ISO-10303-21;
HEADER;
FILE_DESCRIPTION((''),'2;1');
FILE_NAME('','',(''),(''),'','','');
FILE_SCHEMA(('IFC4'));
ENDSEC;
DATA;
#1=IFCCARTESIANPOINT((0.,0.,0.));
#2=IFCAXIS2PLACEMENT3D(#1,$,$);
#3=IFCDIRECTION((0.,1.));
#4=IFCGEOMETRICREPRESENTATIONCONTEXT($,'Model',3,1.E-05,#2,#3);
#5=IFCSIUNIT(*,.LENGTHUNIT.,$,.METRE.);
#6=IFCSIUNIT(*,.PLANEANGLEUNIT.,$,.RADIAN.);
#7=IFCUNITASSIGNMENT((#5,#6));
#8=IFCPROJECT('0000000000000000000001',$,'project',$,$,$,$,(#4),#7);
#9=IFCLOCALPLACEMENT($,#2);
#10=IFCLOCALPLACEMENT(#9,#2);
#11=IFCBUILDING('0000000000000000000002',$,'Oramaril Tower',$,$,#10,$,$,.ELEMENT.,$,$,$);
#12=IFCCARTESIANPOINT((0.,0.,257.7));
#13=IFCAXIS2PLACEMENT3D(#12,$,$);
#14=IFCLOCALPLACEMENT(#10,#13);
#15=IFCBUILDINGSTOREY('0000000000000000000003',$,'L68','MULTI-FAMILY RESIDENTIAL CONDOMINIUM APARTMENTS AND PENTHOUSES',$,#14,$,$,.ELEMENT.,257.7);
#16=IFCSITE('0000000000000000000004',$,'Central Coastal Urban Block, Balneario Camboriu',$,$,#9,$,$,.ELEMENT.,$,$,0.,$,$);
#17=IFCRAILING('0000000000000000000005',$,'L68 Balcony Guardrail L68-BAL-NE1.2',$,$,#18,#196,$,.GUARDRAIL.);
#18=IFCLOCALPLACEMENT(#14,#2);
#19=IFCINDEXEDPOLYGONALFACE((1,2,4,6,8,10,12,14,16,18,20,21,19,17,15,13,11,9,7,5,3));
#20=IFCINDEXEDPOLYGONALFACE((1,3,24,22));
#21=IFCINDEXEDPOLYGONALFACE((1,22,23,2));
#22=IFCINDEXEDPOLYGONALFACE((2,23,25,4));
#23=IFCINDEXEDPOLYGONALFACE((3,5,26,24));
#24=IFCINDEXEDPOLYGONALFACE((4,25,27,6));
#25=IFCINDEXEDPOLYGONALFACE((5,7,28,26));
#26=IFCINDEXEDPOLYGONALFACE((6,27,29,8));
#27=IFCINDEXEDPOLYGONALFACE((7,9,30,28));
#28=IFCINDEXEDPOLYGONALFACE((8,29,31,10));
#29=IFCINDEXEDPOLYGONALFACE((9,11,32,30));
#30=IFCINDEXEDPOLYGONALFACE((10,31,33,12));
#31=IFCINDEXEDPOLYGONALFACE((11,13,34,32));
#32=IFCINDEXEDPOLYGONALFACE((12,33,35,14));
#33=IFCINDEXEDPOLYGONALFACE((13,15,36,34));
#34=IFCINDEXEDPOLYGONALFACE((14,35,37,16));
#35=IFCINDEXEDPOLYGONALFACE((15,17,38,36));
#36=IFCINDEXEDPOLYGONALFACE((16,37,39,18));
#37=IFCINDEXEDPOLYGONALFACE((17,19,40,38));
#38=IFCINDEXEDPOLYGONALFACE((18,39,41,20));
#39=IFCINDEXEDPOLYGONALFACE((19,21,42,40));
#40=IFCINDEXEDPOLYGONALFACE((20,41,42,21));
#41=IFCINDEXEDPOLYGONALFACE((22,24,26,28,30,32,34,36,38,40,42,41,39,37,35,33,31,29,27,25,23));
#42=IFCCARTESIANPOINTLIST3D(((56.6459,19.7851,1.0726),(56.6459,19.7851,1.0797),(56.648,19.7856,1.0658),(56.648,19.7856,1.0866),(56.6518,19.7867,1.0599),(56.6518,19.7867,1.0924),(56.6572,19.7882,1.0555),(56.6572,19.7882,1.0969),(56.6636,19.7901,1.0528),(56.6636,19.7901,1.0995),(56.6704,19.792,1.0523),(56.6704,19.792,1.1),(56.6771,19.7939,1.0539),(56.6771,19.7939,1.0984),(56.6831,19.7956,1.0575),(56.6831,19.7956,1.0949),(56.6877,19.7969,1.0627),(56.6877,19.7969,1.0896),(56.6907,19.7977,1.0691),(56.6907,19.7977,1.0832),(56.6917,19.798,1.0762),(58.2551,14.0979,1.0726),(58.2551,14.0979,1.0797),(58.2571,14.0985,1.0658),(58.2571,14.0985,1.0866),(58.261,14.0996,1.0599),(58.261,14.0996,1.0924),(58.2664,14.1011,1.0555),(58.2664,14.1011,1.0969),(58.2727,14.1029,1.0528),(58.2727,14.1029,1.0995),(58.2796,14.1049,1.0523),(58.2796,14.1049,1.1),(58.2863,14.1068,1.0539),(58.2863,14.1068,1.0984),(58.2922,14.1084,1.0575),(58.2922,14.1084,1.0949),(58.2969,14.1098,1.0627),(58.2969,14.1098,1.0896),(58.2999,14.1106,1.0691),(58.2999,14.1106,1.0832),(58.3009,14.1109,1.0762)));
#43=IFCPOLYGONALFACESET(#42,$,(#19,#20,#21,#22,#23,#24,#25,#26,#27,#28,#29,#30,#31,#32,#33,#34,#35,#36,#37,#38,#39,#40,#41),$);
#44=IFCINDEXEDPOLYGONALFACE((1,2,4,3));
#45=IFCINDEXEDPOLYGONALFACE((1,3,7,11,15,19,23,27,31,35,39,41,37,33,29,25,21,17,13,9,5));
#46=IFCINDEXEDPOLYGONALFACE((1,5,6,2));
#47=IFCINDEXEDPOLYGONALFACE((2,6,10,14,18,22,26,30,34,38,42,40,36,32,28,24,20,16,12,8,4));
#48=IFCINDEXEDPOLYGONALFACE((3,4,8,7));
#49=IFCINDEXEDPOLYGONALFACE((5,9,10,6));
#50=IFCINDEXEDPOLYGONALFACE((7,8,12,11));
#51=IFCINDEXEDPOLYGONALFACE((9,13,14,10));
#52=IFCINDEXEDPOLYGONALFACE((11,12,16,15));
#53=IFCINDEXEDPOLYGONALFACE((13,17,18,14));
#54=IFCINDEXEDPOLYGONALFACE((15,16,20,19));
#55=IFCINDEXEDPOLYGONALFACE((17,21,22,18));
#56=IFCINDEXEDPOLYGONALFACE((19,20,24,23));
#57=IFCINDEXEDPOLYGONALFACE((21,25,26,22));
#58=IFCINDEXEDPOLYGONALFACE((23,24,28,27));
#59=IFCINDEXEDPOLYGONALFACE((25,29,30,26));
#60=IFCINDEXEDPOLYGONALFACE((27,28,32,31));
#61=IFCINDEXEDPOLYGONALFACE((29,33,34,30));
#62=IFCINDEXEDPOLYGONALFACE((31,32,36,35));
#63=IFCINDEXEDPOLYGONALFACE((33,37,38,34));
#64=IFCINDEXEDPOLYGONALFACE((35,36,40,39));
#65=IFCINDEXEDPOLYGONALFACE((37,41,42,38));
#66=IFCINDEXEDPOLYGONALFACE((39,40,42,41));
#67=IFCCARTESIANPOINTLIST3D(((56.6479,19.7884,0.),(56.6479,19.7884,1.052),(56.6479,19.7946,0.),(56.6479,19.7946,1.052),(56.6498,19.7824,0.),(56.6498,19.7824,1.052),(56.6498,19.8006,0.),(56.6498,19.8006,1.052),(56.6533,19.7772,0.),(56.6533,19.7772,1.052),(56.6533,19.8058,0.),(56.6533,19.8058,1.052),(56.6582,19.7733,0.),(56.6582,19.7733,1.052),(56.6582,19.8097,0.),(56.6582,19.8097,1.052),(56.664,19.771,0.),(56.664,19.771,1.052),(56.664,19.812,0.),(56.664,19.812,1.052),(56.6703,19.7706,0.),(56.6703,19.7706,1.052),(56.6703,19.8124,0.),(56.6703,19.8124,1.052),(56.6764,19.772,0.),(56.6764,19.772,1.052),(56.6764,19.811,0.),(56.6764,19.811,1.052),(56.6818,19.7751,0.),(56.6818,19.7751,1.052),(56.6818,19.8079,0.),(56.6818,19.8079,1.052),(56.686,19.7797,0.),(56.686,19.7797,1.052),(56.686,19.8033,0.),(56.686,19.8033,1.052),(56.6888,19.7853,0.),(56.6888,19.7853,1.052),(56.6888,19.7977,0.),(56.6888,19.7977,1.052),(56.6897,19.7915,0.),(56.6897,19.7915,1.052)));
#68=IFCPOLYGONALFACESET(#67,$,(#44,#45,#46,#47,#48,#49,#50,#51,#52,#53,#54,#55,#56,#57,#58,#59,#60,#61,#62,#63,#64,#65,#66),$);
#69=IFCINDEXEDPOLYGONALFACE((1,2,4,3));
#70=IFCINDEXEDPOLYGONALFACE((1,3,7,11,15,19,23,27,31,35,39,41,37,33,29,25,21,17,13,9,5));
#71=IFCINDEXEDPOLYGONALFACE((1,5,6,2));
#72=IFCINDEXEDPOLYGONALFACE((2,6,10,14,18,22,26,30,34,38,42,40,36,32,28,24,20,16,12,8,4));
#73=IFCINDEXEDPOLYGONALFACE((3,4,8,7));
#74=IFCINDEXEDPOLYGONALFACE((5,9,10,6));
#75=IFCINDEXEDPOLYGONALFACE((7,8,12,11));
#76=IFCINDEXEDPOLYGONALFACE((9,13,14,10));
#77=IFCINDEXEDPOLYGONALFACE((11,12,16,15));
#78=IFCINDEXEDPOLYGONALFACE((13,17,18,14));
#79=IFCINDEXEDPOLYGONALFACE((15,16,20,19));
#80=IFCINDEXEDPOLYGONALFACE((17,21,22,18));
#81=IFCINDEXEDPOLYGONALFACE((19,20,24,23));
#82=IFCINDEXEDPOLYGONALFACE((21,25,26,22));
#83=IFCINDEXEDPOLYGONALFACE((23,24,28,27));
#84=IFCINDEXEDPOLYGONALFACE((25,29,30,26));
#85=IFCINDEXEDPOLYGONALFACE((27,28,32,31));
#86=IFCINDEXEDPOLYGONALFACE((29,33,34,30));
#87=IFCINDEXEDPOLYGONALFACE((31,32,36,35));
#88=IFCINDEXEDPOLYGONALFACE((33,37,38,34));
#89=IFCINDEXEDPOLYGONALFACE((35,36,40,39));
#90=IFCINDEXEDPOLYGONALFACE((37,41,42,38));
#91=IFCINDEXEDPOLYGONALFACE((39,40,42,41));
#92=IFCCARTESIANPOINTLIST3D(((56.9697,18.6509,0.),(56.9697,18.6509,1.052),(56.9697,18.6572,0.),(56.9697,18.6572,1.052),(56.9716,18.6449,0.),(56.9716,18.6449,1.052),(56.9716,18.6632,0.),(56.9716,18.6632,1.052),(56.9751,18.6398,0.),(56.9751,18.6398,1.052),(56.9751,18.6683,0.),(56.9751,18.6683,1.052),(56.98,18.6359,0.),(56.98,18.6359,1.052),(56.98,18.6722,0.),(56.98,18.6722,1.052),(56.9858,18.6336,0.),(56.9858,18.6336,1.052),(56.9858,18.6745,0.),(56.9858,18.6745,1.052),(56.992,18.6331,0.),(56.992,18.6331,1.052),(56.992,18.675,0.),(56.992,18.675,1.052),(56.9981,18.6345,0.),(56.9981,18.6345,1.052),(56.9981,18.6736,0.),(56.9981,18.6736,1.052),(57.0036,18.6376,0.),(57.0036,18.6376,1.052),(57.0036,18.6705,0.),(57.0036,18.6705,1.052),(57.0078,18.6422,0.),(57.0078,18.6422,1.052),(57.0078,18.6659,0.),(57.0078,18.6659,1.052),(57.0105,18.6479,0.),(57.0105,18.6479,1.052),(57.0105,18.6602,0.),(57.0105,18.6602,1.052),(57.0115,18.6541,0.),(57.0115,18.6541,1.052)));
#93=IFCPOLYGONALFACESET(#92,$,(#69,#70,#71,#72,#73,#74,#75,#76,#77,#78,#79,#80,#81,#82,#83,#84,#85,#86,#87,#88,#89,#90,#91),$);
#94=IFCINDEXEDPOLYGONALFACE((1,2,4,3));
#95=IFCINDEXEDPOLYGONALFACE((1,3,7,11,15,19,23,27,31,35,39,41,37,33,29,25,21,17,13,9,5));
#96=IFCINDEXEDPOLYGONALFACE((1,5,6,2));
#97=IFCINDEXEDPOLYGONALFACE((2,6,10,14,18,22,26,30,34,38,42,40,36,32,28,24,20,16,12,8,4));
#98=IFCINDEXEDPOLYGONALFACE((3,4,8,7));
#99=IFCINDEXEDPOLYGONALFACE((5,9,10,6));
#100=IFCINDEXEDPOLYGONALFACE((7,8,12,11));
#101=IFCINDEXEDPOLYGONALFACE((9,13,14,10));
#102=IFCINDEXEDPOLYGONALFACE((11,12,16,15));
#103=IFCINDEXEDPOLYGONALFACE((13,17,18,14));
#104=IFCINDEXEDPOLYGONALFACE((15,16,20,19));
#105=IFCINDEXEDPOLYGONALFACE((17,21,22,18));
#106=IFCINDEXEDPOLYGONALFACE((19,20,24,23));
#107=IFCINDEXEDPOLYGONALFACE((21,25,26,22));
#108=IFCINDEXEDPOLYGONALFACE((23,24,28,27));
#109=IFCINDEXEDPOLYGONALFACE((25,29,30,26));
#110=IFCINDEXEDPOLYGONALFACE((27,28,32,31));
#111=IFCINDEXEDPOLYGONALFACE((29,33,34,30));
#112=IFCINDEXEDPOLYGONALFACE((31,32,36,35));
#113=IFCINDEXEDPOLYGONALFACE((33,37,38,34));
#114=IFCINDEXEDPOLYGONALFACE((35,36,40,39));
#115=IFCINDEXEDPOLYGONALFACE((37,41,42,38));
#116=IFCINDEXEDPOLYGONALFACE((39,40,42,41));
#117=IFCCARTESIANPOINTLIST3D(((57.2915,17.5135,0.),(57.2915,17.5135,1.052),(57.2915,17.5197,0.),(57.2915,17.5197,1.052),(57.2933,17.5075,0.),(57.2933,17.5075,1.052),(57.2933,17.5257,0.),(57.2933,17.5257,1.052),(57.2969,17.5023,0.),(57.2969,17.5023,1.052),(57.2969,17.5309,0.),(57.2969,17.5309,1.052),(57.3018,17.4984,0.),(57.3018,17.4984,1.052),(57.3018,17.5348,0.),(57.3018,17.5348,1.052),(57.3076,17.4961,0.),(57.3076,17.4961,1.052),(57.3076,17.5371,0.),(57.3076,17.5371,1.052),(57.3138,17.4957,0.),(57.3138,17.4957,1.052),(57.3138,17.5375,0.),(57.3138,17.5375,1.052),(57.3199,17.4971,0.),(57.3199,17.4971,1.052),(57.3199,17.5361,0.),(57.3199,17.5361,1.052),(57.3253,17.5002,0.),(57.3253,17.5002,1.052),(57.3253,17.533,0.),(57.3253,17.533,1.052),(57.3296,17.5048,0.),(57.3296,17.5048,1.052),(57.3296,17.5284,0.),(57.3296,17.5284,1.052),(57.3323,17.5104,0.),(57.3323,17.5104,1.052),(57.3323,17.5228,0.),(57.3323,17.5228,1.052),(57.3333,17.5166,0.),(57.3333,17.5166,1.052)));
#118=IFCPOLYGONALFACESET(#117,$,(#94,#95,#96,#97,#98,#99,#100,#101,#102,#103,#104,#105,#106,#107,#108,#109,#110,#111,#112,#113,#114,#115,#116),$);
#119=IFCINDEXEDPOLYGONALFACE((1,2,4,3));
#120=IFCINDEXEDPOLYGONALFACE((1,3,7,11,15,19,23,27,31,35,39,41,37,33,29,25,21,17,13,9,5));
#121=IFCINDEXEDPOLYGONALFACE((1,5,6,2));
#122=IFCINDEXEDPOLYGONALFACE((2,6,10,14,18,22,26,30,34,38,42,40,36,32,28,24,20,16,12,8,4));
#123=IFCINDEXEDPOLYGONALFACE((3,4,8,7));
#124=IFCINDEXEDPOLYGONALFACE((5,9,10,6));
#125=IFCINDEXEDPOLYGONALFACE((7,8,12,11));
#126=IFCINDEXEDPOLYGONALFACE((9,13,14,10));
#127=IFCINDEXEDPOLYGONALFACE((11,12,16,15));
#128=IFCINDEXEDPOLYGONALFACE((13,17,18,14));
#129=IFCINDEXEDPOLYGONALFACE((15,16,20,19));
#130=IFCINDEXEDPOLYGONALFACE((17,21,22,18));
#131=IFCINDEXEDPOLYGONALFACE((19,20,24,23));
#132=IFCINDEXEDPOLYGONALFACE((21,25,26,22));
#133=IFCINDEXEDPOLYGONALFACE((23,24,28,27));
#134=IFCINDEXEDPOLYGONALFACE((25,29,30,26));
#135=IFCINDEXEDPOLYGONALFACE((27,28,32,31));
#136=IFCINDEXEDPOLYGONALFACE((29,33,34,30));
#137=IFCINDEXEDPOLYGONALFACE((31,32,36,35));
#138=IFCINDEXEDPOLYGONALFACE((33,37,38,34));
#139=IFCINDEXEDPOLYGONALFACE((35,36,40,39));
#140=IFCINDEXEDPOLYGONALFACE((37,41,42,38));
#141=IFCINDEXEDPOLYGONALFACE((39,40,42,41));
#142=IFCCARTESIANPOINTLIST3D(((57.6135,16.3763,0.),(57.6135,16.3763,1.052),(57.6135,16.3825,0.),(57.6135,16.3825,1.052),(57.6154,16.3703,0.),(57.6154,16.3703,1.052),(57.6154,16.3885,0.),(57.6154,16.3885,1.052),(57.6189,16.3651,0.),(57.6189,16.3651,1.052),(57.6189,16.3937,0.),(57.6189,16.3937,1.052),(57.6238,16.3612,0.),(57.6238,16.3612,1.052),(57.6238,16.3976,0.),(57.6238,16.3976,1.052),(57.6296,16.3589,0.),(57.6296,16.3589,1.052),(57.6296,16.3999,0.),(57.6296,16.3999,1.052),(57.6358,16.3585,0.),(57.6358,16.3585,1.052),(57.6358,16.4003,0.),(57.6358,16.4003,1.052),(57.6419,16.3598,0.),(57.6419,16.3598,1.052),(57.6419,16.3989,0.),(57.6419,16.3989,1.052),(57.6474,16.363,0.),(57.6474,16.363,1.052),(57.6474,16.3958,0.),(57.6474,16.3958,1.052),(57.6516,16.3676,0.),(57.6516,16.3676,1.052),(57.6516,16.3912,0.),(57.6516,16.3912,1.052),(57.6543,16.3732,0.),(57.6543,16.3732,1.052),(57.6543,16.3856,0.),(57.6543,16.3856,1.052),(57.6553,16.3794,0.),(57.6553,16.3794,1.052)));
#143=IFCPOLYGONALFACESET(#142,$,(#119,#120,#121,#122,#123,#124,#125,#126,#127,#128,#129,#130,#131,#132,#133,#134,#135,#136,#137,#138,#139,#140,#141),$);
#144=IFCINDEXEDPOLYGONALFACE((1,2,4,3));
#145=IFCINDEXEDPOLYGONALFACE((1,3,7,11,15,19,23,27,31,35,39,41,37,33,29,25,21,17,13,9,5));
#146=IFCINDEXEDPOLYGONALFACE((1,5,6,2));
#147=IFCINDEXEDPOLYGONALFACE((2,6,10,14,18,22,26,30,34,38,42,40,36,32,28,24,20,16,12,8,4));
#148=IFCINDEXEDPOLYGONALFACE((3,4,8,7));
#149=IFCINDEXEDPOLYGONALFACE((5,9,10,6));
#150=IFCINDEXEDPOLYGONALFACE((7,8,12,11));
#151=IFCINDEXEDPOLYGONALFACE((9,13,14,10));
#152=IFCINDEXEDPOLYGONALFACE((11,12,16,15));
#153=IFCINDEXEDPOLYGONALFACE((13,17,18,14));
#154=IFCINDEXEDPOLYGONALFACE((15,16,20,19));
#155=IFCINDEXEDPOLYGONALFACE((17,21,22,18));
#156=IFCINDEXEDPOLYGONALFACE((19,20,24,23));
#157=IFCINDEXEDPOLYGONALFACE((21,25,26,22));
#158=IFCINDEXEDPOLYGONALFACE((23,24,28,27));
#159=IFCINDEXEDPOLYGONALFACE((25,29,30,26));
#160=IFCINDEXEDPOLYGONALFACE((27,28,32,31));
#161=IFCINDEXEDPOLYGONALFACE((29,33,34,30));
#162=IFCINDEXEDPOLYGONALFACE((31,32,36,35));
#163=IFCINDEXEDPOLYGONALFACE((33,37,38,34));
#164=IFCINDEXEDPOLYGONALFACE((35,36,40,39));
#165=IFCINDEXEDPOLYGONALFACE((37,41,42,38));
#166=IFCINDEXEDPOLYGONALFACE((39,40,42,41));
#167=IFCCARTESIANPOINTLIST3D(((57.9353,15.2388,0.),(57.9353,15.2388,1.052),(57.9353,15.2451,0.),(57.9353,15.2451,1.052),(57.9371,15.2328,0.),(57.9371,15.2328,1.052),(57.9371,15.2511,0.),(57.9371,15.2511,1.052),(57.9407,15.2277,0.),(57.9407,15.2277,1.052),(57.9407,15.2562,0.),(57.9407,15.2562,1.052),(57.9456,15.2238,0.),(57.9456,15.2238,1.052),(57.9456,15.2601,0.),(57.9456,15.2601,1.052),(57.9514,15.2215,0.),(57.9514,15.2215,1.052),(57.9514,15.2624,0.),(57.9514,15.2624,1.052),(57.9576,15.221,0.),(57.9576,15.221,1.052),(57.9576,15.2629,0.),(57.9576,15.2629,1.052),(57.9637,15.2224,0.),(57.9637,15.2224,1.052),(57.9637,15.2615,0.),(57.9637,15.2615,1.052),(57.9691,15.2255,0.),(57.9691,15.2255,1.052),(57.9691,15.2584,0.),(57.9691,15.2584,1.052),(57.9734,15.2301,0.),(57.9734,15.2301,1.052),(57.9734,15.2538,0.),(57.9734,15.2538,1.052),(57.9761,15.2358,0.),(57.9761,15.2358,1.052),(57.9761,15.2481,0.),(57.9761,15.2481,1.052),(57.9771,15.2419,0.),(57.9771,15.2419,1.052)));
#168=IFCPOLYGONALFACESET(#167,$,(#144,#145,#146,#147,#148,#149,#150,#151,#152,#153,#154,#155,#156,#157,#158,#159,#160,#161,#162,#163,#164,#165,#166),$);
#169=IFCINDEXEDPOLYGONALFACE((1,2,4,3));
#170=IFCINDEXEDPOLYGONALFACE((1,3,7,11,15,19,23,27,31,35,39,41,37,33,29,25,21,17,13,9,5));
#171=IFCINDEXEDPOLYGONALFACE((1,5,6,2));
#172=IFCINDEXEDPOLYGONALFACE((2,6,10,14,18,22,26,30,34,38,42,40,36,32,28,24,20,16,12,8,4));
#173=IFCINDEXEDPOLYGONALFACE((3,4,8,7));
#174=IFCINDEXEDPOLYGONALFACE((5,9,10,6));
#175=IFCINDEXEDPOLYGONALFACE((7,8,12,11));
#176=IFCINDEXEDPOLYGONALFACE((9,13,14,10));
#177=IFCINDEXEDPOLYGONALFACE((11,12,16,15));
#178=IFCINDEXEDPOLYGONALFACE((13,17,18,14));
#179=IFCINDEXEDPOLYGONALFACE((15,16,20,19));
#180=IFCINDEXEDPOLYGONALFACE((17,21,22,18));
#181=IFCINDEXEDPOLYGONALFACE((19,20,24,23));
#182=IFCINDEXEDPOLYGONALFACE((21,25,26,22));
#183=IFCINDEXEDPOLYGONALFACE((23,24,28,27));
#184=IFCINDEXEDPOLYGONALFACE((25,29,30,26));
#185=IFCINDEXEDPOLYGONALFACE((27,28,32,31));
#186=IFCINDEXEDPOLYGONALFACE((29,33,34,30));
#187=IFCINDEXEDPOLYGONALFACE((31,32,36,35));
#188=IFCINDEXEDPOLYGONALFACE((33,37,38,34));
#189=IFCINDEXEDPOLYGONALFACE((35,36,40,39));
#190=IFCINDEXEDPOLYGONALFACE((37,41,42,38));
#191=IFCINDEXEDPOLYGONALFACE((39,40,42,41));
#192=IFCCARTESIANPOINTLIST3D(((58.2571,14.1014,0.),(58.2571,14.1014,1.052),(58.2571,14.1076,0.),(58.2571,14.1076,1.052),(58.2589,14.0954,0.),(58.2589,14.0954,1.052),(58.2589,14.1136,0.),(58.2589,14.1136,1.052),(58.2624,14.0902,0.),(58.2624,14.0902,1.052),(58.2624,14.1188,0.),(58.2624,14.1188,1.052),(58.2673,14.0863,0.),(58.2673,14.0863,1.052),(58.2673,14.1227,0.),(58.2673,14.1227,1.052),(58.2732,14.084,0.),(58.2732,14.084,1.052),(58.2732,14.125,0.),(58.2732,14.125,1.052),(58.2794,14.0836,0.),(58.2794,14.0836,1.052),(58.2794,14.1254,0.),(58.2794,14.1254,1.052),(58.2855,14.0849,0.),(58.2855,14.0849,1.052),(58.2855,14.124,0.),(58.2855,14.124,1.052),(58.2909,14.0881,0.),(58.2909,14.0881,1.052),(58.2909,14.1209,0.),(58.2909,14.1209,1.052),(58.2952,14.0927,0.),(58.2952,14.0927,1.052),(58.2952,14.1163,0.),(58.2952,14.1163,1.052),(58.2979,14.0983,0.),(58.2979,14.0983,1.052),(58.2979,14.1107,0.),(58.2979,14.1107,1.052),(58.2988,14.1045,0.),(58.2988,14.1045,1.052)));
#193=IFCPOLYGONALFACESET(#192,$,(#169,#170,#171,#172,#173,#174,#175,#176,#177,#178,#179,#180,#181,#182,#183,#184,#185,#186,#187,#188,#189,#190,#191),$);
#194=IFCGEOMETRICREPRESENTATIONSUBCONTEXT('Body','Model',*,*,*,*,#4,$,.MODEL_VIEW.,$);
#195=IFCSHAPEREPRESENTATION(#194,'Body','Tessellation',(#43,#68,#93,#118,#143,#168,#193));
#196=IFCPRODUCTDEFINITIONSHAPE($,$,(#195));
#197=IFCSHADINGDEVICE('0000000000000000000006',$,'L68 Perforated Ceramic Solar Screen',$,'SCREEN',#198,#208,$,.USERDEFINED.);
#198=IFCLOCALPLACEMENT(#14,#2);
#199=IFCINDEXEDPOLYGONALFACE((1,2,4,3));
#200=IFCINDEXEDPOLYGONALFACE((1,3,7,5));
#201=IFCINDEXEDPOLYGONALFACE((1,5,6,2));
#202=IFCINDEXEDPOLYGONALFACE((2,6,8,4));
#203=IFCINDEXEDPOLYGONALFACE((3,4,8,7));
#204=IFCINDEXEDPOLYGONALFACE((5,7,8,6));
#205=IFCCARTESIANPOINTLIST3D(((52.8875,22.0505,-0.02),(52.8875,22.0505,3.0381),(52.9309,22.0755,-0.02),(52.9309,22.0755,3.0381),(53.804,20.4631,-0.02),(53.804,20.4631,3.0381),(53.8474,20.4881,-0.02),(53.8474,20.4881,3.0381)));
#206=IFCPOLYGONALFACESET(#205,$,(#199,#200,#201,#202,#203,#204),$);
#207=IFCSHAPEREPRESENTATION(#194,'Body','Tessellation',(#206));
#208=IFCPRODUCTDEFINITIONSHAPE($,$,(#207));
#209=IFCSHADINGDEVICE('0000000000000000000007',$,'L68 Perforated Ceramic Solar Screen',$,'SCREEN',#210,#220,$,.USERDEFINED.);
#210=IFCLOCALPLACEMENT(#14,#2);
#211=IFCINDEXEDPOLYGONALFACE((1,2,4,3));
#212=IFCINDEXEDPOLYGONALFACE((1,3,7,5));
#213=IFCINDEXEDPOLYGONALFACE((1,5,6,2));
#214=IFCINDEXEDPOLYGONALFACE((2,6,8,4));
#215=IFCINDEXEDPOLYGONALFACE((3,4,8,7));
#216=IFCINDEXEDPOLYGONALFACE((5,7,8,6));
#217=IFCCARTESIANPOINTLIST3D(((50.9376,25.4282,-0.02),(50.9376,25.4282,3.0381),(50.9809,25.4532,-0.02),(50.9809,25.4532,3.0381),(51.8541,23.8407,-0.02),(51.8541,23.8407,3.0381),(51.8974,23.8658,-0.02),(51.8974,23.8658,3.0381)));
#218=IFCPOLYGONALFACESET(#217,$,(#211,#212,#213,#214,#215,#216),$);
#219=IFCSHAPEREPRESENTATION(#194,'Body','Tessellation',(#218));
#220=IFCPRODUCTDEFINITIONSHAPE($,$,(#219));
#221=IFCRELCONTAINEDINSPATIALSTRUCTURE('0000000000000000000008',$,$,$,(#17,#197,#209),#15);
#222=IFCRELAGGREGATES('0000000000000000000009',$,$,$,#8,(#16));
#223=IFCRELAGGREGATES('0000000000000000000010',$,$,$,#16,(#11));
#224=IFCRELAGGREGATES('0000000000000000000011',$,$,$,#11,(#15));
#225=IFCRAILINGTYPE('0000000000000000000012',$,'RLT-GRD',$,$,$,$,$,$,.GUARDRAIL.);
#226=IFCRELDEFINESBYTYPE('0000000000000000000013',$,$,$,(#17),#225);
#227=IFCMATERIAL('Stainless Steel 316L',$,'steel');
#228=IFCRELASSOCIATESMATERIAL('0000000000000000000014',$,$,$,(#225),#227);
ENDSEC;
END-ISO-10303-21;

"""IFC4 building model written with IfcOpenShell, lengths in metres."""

from ifc_helpers import new_model, si_unit, direction, frame, origin, origin_2d, place, context, subcontext, project, spatial, rectangle, circle, extrude, material, type_object, element, save


model = new_model("IFC4")

# Units and contexts
model_context = context("Model", 3, precision=1e-05, world=origin(), true_north=direction((0.0, 1.0)))
body_context = subcontext(model_context, "Body", "Model", "MODEL_VIEW")
ifc_project = project(units=[si_unit("LENGTHUNIT", "METRE"), si_unit("PLANEANGLEUNIT", "RADIAN")], contexts=[model_context])

# Site, building, storey
site_placement = place(None, origin())
site = spatial("IfcSite", under=ifc_project, at=site_placement, Name="Central Coastal Urban Block, Balneario Camboriu", CompositionType="ELEMENT", RefElevation=0.0)
building_placement = place(site_placement, origin())
building = spatial("IfcBuilding", under=site, at=building_placement, Name="Oramaril Tower", CompositionType="ELEMENT")
storey_placement = place(building_placement, frame((0.0, 0.0, 257.7)))
storey = spatial("IfcBuildingStorey", under=building, at=storey_placement, Name="L68", Description="MULTI-FAMILY RESIDENTIAL CONDOMINIUM APARTMENTS AND PENTHOUSES", CompositionType="ELEMENT", Elevation=257.7)

# Railing
ifc_material_1 = material(Name="Stainless Steel 316L", Category="steel")
railing_type = type_object("IfcRailingType", Name="RLT-GRD", PredefinedType="GUARDRAIL", material=ifc_material_1)
railing_placement = place(storey_placement, frame((56.6687, 19.7915, 0.0)))
element("IfcRailing", 1, at=railing_placement, inside=storey, type_object=railing_type, Name="L68 Balcony Guardrail L68-BAL-NE1.2", PredefinedType="GUARDRAIL", context=body_context, shape_type="SweptSolid", body=[
    extrude(circle(Radius=0.0239, at=origin_2d()), frame((0.0, 0.0, 1.0762), z_axis=(0.27226, -0.962224, 0.0), x_axis=(0.962224, 0.27226, 0.0)), (0.0, 0.0, 1.0), 5.9104),
    extrude(circle(Radius=0.021, at=origin_2d()), origin(), (0.0, 0.0, 1.0), 1.052),
    extrude(circle(Radius=0.021, at=origin_2d()), frame((0.3218, -1.1375, 0.0)), (0.0, 0.0, 1.0), 1.052),
    extrude(circle(Radius=0.021, at=origin_2d()), frame((0.6436, -2.2749, 0.0)), (0.0, 0.0, 1.0), 1.052),
    extrude(circle(Radius=0.021, at=origin_2d()), frame((0.9656, -3.4121, 0.0)), (0.0, 0.0, 1.0), 1.052),
    extrude(circle(Radius=0.021, at=origin_2d()), frame((1.2874, -4.5496, 0.0)), (0.0, 0.0, 1.0), 1.052),
    extrude(circle(Radius=0.021, at=origin_2d()), frame((1.6091, -5.687, 0.0)), (0.0, 0.0, 1.0), 1.052),
])

# Shading devices
for number, where, z_axis, x_axis, name in (
    (2, (53.3674, 21.2693, -0.02), (0.0, 0.0, 1.0), (-0.5, 0.866025, 0.0), "L68 Perforated Ceramic Solar Screen"),
    (3, (51.4175, 24.647, -0.02), (0.0, 0.0, 1.0), (-0.5, 0.866025, 0.0), "L68 Perforated Ceramic Solar Screen"),
):
    element("IfcShadingDevice", number, at=place(storey_placement, frame(where, z_axis=z_axis, x_axis=x_axis)), inside=storey, Name=name, ObjectType="SCREEN", PredefinedType="USERDEFINED", context=body_context, shape_type="SweptSolid", body=[
        extrude(rectangle(XDim=1.833, YDim=0.05, at=origin_2d()), origin(), (0.0, 0.0, 1.0), 3.0581),
    ])

save(model, "model.ifc")
